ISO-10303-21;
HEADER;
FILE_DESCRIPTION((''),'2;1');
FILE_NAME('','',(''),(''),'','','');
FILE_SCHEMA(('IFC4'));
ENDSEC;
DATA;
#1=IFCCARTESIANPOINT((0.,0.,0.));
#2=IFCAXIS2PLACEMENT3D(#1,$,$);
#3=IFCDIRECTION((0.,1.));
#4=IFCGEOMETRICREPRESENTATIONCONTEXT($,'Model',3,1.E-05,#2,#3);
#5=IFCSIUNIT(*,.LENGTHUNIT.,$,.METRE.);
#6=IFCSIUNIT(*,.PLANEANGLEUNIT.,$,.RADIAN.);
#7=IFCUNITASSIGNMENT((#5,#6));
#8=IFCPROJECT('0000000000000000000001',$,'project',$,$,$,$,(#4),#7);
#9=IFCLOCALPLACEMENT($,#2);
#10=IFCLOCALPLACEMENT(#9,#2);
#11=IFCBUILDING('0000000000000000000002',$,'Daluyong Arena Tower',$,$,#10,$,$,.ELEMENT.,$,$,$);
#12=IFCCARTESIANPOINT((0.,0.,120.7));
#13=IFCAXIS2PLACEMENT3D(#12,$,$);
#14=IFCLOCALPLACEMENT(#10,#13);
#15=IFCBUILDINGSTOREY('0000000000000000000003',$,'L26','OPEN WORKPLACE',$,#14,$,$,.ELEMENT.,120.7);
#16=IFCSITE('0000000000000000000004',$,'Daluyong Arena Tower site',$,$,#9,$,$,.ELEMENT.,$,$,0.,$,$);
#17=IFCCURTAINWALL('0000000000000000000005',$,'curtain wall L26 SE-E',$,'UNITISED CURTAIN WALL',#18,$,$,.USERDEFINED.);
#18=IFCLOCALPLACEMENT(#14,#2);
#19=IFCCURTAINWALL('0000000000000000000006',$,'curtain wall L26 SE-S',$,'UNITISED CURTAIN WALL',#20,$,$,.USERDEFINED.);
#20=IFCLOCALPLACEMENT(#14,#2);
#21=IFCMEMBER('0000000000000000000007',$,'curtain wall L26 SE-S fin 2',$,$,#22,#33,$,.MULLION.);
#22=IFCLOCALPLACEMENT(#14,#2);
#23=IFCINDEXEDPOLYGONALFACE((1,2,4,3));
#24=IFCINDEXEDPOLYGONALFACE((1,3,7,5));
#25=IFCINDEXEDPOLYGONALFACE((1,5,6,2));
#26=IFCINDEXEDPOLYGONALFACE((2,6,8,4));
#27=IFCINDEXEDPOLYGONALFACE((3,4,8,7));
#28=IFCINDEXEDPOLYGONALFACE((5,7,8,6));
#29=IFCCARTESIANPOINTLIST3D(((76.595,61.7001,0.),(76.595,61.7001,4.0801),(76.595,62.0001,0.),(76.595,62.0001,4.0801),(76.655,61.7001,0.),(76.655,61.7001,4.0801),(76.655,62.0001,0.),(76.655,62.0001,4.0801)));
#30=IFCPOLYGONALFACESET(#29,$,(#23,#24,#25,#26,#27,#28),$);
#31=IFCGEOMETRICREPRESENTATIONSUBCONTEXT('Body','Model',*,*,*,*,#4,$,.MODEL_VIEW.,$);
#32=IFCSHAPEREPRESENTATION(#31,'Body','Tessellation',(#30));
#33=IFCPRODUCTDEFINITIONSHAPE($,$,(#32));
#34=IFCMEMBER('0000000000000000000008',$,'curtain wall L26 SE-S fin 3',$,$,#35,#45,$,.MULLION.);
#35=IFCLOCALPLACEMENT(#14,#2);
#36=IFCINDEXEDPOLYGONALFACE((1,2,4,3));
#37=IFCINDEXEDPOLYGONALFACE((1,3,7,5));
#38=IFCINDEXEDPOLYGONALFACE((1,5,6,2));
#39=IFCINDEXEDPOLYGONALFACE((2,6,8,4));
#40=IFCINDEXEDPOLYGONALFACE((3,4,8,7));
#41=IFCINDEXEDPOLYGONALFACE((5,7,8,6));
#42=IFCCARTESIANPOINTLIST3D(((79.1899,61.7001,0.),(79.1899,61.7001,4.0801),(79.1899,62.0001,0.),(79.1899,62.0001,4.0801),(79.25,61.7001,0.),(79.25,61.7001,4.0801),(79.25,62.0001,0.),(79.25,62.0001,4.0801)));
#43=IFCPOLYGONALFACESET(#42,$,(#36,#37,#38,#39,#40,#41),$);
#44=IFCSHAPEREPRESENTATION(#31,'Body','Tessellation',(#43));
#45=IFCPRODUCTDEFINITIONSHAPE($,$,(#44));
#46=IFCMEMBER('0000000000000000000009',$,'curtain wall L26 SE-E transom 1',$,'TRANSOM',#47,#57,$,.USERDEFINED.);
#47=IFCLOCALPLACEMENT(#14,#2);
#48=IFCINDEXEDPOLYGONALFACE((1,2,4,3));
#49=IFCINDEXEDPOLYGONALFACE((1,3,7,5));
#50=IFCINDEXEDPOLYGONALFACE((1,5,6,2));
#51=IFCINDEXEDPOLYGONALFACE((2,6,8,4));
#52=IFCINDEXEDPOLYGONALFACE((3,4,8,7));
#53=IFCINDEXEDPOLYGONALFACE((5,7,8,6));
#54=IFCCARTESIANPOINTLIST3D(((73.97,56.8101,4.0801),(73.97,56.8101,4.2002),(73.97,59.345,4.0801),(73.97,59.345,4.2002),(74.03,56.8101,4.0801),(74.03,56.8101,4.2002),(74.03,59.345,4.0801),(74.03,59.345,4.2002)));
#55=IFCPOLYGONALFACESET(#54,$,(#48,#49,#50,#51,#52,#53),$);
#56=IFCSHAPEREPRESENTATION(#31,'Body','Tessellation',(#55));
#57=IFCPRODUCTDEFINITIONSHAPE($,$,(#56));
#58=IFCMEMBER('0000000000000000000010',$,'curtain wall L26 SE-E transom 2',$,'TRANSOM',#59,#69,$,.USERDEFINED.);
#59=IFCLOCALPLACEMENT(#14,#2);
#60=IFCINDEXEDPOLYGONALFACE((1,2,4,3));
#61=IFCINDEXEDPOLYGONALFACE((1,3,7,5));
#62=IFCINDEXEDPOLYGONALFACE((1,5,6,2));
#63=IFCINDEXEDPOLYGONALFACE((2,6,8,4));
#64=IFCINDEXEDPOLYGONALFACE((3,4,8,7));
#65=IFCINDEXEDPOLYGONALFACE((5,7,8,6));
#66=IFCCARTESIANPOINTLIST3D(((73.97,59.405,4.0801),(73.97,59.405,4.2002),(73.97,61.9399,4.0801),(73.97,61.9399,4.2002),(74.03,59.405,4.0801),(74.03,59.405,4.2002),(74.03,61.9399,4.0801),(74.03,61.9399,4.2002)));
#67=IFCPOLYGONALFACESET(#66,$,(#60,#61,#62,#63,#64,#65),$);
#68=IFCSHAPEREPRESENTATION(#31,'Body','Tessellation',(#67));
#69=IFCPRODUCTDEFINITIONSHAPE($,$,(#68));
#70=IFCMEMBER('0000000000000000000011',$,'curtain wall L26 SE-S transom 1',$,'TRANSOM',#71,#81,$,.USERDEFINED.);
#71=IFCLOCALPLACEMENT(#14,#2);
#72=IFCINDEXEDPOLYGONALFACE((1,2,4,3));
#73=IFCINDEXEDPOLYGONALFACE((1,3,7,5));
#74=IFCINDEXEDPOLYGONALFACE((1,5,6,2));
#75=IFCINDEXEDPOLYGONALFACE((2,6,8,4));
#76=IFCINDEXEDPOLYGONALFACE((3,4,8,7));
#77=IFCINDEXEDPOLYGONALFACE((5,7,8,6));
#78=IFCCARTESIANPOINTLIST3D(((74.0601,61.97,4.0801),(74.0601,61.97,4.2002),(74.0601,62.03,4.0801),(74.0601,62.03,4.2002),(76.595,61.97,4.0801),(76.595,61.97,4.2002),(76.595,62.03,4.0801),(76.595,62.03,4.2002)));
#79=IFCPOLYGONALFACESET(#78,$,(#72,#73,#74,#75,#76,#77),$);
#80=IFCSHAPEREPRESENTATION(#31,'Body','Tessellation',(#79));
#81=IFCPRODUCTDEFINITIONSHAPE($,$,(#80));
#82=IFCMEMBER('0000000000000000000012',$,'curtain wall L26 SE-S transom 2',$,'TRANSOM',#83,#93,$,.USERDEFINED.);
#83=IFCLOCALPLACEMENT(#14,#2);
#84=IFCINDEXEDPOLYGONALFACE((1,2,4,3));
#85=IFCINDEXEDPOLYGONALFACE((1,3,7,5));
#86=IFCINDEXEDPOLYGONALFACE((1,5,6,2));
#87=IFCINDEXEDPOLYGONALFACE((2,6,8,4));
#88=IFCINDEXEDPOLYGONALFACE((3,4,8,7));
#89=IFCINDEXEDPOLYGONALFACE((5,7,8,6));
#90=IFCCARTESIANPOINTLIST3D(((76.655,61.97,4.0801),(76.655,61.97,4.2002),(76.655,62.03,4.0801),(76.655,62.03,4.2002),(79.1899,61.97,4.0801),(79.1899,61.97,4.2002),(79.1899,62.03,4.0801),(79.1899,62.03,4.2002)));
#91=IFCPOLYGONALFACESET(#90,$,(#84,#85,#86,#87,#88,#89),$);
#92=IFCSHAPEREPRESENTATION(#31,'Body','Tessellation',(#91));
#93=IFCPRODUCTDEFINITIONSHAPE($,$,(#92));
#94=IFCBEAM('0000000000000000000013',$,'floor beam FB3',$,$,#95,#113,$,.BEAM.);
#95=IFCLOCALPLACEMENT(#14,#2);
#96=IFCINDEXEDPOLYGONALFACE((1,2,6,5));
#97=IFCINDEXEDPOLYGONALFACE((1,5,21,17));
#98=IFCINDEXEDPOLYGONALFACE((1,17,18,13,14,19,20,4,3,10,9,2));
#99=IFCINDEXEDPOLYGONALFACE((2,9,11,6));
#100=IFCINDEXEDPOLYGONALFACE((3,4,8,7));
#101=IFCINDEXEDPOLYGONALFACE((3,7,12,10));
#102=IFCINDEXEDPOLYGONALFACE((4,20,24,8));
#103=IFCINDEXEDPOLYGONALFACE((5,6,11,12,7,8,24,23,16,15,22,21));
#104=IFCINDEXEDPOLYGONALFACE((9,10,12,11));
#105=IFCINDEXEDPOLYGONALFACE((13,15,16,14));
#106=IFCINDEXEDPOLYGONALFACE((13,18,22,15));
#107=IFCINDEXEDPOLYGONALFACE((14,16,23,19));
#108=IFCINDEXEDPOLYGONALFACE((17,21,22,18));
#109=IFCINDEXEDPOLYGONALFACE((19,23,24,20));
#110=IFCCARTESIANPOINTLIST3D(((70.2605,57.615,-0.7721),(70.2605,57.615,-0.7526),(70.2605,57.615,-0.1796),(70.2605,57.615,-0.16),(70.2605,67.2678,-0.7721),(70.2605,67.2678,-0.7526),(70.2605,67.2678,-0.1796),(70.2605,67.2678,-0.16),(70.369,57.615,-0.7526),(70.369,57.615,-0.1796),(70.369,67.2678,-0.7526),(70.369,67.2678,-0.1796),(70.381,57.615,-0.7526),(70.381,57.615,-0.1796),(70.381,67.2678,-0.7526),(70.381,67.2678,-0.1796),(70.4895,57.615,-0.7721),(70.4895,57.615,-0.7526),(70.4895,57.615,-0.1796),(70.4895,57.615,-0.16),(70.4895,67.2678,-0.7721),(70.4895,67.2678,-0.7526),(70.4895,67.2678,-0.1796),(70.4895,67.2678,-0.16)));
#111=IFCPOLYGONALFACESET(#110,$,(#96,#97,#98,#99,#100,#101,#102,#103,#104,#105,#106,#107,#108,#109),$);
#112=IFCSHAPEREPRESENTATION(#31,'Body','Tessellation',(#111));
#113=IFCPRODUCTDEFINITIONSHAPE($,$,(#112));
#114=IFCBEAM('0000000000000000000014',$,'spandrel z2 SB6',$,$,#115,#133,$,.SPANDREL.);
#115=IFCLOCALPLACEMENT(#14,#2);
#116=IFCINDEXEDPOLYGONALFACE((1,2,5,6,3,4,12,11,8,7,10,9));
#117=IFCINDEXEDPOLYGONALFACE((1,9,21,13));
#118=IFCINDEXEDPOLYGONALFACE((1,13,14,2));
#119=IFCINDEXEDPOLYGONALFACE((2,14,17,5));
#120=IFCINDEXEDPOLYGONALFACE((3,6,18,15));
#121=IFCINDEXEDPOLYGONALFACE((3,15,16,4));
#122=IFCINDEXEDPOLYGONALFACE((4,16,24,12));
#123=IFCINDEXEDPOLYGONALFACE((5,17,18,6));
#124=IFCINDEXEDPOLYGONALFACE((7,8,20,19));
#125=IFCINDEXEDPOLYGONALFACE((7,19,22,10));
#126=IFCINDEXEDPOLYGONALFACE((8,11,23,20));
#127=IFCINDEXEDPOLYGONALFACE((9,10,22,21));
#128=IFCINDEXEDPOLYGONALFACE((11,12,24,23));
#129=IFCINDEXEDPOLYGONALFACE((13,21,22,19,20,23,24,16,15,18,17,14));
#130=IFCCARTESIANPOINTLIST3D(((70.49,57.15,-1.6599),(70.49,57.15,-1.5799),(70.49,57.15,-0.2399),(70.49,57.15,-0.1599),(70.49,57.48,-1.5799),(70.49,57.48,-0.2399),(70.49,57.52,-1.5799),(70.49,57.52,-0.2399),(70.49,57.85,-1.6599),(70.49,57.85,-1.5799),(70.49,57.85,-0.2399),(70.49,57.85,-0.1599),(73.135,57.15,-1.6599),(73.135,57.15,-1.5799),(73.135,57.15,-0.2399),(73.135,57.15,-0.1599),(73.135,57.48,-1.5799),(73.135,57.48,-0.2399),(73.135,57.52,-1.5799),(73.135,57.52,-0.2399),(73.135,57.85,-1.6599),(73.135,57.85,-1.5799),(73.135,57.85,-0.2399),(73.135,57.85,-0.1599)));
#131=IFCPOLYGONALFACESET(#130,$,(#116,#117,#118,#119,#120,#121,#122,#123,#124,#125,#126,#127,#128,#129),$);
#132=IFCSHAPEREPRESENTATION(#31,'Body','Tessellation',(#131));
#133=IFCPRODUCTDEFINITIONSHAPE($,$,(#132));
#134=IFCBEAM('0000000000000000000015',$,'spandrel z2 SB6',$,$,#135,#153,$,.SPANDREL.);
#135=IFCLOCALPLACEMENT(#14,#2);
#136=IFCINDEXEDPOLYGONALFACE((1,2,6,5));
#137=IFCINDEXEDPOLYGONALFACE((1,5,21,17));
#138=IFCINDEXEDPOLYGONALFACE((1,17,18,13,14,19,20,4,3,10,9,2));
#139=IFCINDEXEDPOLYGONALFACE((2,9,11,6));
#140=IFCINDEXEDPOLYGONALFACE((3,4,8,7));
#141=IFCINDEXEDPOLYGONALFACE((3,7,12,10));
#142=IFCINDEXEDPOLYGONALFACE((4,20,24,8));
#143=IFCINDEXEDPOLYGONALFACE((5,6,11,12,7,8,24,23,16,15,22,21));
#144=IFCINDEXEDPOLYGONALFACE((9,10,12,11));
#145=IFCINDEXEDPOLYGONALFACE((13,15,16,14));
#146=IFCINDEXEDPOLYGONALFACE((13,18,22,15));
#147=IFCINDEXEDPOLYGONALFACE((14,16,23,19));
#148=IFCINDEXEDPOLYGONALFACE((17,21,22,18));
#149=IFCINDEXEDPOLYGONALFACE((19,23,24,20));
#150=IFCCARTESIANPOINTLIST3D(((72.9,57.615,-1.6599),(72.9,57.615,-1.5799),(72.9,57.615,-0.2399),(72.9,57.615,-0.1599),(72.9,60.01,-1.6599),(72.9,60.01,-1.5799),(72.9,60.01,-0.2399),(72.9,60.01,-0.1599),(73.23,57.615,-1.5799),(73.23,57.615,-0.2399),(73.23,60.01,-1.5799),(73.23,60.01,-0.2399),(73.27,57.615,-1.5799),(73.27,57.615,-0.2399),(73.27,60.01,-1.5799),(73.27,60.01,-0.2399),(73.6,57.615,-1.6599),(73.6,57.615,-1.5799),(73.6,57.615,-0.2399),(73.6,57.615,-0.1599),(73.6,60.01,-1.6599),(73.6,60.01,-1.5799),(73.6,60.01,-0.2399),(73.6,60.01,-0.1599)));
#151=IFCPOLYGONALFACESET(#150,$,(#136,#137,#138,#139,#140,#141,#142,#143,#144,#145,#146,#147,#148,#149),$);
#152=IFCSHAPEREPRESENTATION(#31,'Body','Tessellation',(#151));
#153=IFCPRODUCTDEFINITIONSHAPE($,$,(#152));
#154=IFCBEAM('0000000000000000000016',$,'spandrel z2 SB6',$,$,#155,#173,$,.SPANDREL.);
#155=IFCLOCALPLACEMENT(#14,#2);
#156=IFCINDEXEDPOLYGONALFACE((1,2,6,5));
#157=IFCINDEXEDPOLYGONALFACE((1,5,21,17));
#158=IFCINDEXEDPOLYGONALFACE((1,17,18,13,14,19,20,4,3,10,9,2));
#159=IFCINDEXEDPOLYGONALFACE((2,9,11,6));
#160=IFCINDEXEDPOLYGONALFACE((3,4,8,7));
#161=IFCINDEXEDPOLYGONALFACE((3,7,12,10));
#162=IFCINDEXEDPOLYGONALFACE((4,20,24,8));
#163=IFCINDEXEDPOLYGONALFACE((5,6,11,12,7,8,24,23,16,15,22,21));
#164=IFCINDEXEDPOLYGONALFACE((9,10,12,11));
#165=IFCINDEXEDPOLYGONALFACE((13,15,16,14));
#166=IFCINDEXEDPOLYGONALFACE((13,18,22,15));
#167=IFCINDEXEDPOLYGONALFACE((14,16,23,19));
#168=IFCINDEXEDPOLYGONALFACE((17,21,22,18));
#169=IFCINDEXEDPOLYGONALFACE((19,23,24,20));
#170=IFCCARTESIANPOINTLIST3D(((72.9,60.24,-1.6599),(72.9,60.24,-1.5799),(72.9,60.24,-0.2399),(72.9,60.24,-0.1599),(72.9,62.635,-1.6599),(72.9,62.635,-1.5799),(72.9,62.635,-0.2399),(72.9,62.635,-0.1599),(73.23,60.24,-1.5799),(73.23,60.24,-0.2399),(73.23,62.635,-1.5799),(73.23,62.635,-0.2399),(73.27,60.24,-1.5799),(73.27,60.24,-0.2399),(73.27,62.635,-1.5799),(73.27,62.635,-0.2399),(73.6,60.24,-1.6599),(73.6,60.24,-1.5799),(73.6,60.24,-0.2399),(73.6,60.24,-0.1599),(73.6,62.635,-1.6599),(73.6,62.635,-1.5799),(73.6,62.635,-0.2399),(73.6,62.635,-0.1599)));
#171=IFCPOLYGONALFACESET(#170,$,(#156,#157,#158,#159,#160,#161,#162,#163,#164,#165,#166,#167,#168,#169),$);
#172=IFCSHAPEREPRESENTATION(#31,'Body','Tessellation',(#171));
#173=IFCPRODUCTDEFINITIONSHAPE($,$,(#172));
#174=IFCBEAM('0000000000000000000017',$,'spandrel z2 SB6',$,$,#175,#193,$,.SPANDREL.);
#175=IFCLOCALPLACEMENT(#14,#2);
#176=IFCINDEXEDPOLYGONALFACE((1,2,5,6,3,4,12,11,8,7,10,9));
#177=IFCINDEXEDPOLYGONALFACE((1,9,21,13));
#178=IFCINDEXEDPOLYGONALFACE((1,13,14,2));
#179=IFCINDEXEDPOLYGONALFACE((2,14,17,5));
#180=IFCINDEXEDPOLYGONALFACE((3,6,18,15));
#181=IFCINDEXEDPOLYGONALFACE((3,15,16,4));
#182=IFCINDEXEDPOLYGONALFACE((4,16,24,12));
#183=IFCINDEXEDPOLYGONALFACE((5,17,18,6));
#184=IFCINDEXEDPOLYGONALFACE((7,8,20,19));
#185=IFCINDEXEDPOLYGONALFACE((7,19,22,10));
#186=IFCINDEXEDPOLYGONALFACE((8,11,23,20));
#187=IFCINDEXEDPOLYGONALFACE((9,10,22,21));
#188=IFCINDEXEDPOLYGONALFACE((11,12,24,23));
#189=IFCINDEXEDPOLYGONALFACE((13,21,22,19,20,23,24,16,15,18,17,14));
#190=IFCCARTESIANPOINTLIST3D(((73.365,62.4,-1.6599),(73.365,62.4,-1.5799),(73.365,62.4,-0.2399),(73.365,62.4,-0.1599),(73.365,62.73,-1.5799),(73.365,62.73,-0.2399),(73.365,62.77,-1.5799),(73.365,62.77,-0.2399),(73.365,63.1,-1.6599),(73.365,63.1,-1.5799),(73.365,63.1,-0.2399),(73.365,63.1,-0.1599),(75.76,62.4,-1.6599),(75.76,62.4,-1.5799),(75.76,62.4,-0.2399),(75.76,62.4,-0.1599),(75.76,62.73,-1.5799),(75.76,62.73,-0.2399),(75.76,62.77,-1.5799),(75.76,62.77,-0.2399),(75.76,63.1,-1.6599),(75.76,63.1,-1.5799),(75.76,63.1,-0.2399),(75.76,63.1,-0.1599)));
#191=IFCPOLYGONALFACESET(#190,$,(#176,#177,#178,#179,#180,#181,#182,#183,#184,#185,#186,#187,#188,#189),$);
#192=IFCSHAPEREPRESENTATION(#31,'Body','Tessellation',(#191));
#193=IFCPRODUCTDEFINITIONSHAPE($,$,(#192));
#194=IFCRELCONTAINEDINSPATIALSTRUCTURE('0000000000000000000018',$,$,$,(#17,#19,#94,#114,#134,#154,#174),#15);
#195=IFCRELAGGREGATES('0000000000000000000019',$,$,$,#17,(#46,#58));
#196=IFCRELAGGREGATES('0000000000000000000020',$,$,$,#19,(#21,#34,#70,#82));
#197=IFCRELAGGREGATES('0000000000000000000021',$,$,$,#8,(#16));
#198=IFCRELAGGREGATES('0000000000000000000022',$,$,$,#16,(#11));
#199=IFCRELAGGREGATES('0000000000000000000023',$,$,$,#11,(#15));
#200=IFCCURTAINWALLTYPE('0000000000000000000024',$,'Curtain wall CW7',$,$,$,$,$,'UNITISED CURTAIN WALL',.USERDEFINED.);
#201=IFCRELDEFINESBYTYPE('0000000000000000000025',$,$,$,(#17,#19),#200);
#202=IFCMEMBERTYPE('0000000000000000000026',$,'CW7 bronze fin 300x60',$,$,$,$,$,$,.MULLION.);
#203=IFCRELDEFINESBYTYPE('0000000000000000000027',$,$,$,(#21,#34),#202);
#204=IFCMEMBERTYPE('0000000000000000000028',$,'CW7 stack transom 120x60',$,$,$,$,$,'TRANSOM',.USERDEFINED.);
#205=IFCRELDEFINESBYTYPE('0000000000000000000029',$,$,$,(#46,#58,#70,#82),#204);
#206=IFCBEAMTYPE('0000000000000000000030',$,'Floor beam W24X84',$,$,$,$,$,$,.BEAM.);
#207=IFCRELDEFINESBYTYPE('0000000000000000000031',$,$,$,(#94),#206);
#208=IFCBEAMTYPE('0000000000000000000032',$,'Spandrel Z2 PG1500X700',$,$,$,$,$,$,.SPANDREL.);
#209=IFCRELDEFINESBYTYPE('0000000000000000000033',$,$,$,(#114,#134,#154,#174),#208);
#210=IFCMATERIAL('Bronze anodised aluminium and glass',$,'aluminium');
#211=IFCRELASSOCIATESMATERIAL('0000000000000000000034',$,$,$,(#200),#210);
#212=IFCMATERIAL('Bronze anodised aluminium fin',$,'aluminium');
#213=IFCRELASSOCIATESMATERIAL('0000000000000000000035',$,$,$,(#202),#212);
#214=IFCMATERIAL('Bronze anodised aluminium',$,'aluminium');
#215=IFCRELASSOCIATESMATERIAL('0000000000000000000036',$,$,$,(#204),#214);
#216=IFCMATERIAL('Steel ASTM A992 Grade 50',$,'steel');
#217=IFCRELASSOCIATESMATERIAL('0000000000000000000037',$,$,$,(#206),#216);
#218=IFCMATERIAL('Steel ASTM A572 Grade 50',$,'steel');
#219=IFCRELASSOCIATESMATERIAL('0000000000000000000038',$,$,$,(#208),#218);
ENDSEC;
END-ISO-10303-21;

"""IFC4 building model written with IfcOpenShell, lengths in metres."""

from ifc_helpers import new_model, si_unit, direction, frame, origin, origin_2d, place, context, subcontext, project, spatial, rectangle, i_section, extrude, material, material_profile, profile_set, type_object, element, aggregate, save


model = new_model("IFC4")

# Units and contexts
model_context = context("Model", 3, precision=1e-05, world=origin(), true_north=direction((0.0, 1.0)))
body_context = subcontext(model_context, "Body", "Model", "MODEL_VIEW")
ifc_project = project(units=[si_unit("LENGTHUNIT", "METRE"), si_unit("PLANEANGLEUNIT", "RADIAN")], contexts=[model_context])

# Site, building, storey
site_placement = place(None, origin())
site = spatial("IfcSite", under=ifc_project, at=site_placement, Name="Daluyong Arena Tower site", CompositionType="ELEMENT", RefElevation=0.0)
building_placement = place(site_placement, origin())
building = spatial("IfcBuilding", under=site, at=building_placement, Name="Daluyong Arena Tower", CompositionType="ELEMENT")
storey_placement = place(building_placement, frame((0.0, 0.0, 120.7)))
storey = spatial("IfcBuildingStorey", under=building, at=storey_placement, Name="L26", Description="OPEN WORKPLACE", CompositionType="ELEMENT", Elevation=120.7)

# Curtain walls, members
ifc_material_1 = material(Name="Bronze anodised aluminium and glass", Category="aluminium")
curtain_wall_type_1 = type_object("IfcCurtainWallType", Name="Curtain wall CW7", ElementType="UNITISED CURTAIN WALL", PredefinedType="USERDEFINED", material=ifc_material_1)
curtain_wall_1_placement = place(storey_placement, origin())
curtain_wall_1 = element("IfcCurtainWall", 1, at=curtain_wall_1_placement, inside=storey, type_object=curtain_wall_type_1, Name="curtain wall L26 SE-E", ObjectType="UNITISED CURTAIN WALL", PredefinedType="USERDEFINED")
ifc_material_2 = material(Name="Bronze anodised aluminium fin", Category="aluminium")
ifc_material_profile_1 = material_profile(ifc_material_2, rectangle(XDim=0.3, YDim=0.0601, at=origin_2d()))
ifc_profile_set_1 = profile_set([ifc_material_profile_1], Name="Bronze anodised aluminium fin")
member_type_1 = type_object("IfcMemberType", Name="CW7 bronze fin 300x60", PredefinedType="MULLION", material=ifc_profile_set_1)
curtain_wall_2_placement = place(storey_placement, origin())
curtain_wall_2 = element("IfcCurtainWall", 2, at=curtain_wall_2_placement, inside=storey, type_object=curtain_wall_type_1, Name="curtain wall L26 SE-S", ObjectType="UNITISED CURTAIN WALL", PredefinedType="USERDEFINED")
member_1_placement = place(storey_placement, frame((76.625, 61.8501, 0.0), z_axis=(0.0, 0.0, 1.0), x_axis=(0.0, 1.0, 0.0)))
member_1 = element("IfcMember", 3, at=member_1_placement, type_object=member_type_1, Name="curtain wall L26 SE-S fin 2", PredefinedType="MULLION", context=body_context, shape_type="SweptSolid", body=[
    extrude(rectangle(XDim=0.3, YDim=0.0601, at=origin_2d()), origin(), (0.0, 0.0, 1.0), 4.0801),
])
member_2_placement = place(storey_placement, frame((79.22, 61.8501, 0.0), z_axis=(0.0, 0.0, 1.0), x_axis=(0.0, 1.0, 0.0)))
member_2 = element("IfcMember", 4, at=member_2_placement, type_object=member_type_1, Name="curtain wall L26 SE-S fin 3", PredefinedType="MULLION", context=body_context, shape_type="SweptSolid", body=[
    extrude(rectangle(XDim=0.3, YDim=0.0601, at=origin_2d()), origin(), (0.0, 0.0, 1.0), 4.0801),
])

# Members
ifc_material_3 = material(Name="Bronze anodised aluminium", Category="aluminium")
ifc_material_profile_2 = material_profile(ifc_material_3, rectangle(XDim=0.0601, YDim=0.1201, at=origin_2d()))
ifc_profile_set_2 = profile_set([ifc_material_profile_2], Name="Bronze anodised aluminium")
member_type_2 = type_object("IfcMemberType", Name="CW7 stack transom 120x60", ElementType="TRANSOM", PredefinedType="USERDEFINED", material=ifc_profile_set_2)
member_3_placement = place(storey_placement, frame((74.0, 56.8101, 4.1401), z_axis=(0.0, 1.0, 0.0), x_axis=(-1.0, 0.0, 0.0)))
member_3 = element("IfcMember", 5, at=member_3_placement, type_object=member_type_2, Name="curtain wall L26 SE-E transom 1", ObjectType="TRANSOM", PredefinedType="USERDEFINED", context=body_context, shape_type="SweptSolid", body=[
    extrude(rectangle(XDim=0.0601, YDim=0.1201, at=origin_2d()), origin(), (0.0, 0.0, 1.0), 2.5349),
])
member_4_placement = place(storey_placement, frame((74.0, 59.405, 4.1401), z_axis=(0.0, 1.0, 0.0), x_axis=(-1.0, 0.0, 0.0)))
member_4 = element("IfcMember", 6, at=member_4_placement, type_object=member_type_2, Name="curtain wall L26 SE-E transom 2", ObjectType="TRANSOM", PredefinedType="USERDEFINED", context=body_context, shape_type="SweptSolid", body=[
    extrude(rectangle(XDim=0.0601, YDim=0.1201, at=origin_2d()), origin(), (0.0, 0.0, 1.0), 2.5349),
])
member_5_placement = place(storey_placement, frame((74.0601, 62.0, 4.1401), z_axis=(1.0, 0.0, 0.0), x_axis=(0.0, 1.0, 0.0)))
member_5 = element("IfcMember", 7, at=member_5_placement, type_object=member_type_2, Name="curtain wall L26 SE-S transom 1", ObjectType="TRANSOM", PredefinedType="USERDEFINED", context=body_context, shape_type="SweptSolid", body=[
    extrude(rectangle(XDim=0.0601, YDim=0.1201, at=origin_2d()), origin(), (0.0, 0.0, 1.0), 2.5349),
])
member_6_placement = place(storey_placement, frame((76.655, 62.0, 4.1401), z_axis=(1.0, 0.0, 0.0), x_axis=(0.0, 1.0, 0.0)))
member_6 = element("IfcMember", 8, at=member_6_placement, type_object=member_type_2, Name="curtain wall L26 SE-S transom 2", ObjectType="TRANSOM", PredefinedType="USERDEFINED", context=body_context, shape_type="SweptSolid", body=[
    extrude(rectangle(XDim=0.0601, YDim=0.1201, at=origin_2d()), origin(), (0.0, 0.0, 1.0), 2.5349),
])

# Beams
ifc_material_4 = material(Name="Steel ASTM A992 Grade 50", Category="steel")
ifc_material_profile_3 = material_profile(ifc_material_4, i_section(OverallWidth=0.229, OverallDepth=0.6121, WebThickness=0.012, FlangeThickness=0.0195, at=origin_2d()))
ifc_profile_set_3 = profile_set([ifc_material_profile_3], Name="Steel ASTM A992 Grade 50")
beam_type_1 = type_object("IfcBeamType", Name="Floor beam W24X84", PredefinedType="BEAM", material=ifc_profile_set_3)
beam_1_placement = place(storey_placement, frame((70.375, 57.615, -0.4661), z_axis=(0.0, 1.0, 0.0), x_axis=(-1.0, 0.0, 0.0)))
element("IfcBeam", 9, at=beam_1_placement, inside=storey, type_object=beam_type_1, Name="floor beam FB3", PredefinedType="BEAM", context=body_context, shape_type="SweptSolid", body=[
    extrude(i_section(OverallWidth=0.229, OverallDepth=0.6121, WebThickness=0.012, FlangeThickness=0.0195, at=origin_2d()), origin(), (0.0, 0.0, 1.0), 9.6528),
])
ifc_material_5 = material(Name="Steel ASTM A572 Grade 50", Category="steel")
ifc_material_profile_4 = material_profile(ifc_material_5, i_section(OverallWidth=0.7, OverallDepth=1.5, WebThickness=0.04, FlangeThickness=0.08, at=origin_2d()))
ifc_profile_set_4 = profile_set([ifc_material_profile_4], Name="Steel ASTM A572 Grade 50")
beam_type_2 = type_object("IfcBeamType", Name="Spandrel Z2 PG1500X700", PredefinedType="SPANDREL", material=ifc_profile_set_4)
beam_2_placement = place(storey_placement, frame((70.49, 57.5, -0.9099), z_axis=(1.0, 0.0, 0.0), x_axis=(0.0, 1.0, 0.0)))
element("IfcBeam", 10, at=beam_2_placement, inside=storey, type_object=beam_type_2, Name="spandrel z2 SB6", PredefinedType="SPANDREL", context=body_context, shape_type="SweptSolid", body=[
    extrude(i_section(OverallWidth=0.7, OverallDepth=1.5, WebThickness=0.04, FlangeThickness=0.08, at=origin_2d()), origin(), (0.0, 0.0, 1.0), 2.645),
])
for number, where, z_axis, x_axis, name in (
    (11, (73.25, 57.615, -0.9099), (0.0, 1.0, 0.0), (-1.0, 0.0, 0.0), "spandrel z2 SB6"),
    (12, (73.25, 60.24, -0.9099), (0.0, 1.0, 0.0), (-1.0, 0.0, 0.0), "spandrel z2 SB6"),
    (13, (73.365, 62.75, -0.9099), (1.0, 0.0, 0.0), (0.0, 1.0, 0.0), "spandrel z2 SB6"),
):
    element("IfcBeam", number, at=place(storey_placement, frame(where, z_axis=z_axis, x_axis=x_axis)), inside=storey, type_object=beam_type_2, Name=name, PredefinedType="SPANDREL", context=body_context, shape_type="SweptSolid", body=[
        extrude(i_section(OverallWidth=0.7, OverallDepth=1.5, WebThickness=0.04, FlangeThickness=0.08, at=origin_2d()), origin(), (0.0, 0.0, 1.0), 2.395),
    ])

aggregate(curtain_wall_1, [member_3, member_4])
aggregate(curtain_wall_2, [member_1, member_2, member_5, member_6])

save(model, "model.ifc")
